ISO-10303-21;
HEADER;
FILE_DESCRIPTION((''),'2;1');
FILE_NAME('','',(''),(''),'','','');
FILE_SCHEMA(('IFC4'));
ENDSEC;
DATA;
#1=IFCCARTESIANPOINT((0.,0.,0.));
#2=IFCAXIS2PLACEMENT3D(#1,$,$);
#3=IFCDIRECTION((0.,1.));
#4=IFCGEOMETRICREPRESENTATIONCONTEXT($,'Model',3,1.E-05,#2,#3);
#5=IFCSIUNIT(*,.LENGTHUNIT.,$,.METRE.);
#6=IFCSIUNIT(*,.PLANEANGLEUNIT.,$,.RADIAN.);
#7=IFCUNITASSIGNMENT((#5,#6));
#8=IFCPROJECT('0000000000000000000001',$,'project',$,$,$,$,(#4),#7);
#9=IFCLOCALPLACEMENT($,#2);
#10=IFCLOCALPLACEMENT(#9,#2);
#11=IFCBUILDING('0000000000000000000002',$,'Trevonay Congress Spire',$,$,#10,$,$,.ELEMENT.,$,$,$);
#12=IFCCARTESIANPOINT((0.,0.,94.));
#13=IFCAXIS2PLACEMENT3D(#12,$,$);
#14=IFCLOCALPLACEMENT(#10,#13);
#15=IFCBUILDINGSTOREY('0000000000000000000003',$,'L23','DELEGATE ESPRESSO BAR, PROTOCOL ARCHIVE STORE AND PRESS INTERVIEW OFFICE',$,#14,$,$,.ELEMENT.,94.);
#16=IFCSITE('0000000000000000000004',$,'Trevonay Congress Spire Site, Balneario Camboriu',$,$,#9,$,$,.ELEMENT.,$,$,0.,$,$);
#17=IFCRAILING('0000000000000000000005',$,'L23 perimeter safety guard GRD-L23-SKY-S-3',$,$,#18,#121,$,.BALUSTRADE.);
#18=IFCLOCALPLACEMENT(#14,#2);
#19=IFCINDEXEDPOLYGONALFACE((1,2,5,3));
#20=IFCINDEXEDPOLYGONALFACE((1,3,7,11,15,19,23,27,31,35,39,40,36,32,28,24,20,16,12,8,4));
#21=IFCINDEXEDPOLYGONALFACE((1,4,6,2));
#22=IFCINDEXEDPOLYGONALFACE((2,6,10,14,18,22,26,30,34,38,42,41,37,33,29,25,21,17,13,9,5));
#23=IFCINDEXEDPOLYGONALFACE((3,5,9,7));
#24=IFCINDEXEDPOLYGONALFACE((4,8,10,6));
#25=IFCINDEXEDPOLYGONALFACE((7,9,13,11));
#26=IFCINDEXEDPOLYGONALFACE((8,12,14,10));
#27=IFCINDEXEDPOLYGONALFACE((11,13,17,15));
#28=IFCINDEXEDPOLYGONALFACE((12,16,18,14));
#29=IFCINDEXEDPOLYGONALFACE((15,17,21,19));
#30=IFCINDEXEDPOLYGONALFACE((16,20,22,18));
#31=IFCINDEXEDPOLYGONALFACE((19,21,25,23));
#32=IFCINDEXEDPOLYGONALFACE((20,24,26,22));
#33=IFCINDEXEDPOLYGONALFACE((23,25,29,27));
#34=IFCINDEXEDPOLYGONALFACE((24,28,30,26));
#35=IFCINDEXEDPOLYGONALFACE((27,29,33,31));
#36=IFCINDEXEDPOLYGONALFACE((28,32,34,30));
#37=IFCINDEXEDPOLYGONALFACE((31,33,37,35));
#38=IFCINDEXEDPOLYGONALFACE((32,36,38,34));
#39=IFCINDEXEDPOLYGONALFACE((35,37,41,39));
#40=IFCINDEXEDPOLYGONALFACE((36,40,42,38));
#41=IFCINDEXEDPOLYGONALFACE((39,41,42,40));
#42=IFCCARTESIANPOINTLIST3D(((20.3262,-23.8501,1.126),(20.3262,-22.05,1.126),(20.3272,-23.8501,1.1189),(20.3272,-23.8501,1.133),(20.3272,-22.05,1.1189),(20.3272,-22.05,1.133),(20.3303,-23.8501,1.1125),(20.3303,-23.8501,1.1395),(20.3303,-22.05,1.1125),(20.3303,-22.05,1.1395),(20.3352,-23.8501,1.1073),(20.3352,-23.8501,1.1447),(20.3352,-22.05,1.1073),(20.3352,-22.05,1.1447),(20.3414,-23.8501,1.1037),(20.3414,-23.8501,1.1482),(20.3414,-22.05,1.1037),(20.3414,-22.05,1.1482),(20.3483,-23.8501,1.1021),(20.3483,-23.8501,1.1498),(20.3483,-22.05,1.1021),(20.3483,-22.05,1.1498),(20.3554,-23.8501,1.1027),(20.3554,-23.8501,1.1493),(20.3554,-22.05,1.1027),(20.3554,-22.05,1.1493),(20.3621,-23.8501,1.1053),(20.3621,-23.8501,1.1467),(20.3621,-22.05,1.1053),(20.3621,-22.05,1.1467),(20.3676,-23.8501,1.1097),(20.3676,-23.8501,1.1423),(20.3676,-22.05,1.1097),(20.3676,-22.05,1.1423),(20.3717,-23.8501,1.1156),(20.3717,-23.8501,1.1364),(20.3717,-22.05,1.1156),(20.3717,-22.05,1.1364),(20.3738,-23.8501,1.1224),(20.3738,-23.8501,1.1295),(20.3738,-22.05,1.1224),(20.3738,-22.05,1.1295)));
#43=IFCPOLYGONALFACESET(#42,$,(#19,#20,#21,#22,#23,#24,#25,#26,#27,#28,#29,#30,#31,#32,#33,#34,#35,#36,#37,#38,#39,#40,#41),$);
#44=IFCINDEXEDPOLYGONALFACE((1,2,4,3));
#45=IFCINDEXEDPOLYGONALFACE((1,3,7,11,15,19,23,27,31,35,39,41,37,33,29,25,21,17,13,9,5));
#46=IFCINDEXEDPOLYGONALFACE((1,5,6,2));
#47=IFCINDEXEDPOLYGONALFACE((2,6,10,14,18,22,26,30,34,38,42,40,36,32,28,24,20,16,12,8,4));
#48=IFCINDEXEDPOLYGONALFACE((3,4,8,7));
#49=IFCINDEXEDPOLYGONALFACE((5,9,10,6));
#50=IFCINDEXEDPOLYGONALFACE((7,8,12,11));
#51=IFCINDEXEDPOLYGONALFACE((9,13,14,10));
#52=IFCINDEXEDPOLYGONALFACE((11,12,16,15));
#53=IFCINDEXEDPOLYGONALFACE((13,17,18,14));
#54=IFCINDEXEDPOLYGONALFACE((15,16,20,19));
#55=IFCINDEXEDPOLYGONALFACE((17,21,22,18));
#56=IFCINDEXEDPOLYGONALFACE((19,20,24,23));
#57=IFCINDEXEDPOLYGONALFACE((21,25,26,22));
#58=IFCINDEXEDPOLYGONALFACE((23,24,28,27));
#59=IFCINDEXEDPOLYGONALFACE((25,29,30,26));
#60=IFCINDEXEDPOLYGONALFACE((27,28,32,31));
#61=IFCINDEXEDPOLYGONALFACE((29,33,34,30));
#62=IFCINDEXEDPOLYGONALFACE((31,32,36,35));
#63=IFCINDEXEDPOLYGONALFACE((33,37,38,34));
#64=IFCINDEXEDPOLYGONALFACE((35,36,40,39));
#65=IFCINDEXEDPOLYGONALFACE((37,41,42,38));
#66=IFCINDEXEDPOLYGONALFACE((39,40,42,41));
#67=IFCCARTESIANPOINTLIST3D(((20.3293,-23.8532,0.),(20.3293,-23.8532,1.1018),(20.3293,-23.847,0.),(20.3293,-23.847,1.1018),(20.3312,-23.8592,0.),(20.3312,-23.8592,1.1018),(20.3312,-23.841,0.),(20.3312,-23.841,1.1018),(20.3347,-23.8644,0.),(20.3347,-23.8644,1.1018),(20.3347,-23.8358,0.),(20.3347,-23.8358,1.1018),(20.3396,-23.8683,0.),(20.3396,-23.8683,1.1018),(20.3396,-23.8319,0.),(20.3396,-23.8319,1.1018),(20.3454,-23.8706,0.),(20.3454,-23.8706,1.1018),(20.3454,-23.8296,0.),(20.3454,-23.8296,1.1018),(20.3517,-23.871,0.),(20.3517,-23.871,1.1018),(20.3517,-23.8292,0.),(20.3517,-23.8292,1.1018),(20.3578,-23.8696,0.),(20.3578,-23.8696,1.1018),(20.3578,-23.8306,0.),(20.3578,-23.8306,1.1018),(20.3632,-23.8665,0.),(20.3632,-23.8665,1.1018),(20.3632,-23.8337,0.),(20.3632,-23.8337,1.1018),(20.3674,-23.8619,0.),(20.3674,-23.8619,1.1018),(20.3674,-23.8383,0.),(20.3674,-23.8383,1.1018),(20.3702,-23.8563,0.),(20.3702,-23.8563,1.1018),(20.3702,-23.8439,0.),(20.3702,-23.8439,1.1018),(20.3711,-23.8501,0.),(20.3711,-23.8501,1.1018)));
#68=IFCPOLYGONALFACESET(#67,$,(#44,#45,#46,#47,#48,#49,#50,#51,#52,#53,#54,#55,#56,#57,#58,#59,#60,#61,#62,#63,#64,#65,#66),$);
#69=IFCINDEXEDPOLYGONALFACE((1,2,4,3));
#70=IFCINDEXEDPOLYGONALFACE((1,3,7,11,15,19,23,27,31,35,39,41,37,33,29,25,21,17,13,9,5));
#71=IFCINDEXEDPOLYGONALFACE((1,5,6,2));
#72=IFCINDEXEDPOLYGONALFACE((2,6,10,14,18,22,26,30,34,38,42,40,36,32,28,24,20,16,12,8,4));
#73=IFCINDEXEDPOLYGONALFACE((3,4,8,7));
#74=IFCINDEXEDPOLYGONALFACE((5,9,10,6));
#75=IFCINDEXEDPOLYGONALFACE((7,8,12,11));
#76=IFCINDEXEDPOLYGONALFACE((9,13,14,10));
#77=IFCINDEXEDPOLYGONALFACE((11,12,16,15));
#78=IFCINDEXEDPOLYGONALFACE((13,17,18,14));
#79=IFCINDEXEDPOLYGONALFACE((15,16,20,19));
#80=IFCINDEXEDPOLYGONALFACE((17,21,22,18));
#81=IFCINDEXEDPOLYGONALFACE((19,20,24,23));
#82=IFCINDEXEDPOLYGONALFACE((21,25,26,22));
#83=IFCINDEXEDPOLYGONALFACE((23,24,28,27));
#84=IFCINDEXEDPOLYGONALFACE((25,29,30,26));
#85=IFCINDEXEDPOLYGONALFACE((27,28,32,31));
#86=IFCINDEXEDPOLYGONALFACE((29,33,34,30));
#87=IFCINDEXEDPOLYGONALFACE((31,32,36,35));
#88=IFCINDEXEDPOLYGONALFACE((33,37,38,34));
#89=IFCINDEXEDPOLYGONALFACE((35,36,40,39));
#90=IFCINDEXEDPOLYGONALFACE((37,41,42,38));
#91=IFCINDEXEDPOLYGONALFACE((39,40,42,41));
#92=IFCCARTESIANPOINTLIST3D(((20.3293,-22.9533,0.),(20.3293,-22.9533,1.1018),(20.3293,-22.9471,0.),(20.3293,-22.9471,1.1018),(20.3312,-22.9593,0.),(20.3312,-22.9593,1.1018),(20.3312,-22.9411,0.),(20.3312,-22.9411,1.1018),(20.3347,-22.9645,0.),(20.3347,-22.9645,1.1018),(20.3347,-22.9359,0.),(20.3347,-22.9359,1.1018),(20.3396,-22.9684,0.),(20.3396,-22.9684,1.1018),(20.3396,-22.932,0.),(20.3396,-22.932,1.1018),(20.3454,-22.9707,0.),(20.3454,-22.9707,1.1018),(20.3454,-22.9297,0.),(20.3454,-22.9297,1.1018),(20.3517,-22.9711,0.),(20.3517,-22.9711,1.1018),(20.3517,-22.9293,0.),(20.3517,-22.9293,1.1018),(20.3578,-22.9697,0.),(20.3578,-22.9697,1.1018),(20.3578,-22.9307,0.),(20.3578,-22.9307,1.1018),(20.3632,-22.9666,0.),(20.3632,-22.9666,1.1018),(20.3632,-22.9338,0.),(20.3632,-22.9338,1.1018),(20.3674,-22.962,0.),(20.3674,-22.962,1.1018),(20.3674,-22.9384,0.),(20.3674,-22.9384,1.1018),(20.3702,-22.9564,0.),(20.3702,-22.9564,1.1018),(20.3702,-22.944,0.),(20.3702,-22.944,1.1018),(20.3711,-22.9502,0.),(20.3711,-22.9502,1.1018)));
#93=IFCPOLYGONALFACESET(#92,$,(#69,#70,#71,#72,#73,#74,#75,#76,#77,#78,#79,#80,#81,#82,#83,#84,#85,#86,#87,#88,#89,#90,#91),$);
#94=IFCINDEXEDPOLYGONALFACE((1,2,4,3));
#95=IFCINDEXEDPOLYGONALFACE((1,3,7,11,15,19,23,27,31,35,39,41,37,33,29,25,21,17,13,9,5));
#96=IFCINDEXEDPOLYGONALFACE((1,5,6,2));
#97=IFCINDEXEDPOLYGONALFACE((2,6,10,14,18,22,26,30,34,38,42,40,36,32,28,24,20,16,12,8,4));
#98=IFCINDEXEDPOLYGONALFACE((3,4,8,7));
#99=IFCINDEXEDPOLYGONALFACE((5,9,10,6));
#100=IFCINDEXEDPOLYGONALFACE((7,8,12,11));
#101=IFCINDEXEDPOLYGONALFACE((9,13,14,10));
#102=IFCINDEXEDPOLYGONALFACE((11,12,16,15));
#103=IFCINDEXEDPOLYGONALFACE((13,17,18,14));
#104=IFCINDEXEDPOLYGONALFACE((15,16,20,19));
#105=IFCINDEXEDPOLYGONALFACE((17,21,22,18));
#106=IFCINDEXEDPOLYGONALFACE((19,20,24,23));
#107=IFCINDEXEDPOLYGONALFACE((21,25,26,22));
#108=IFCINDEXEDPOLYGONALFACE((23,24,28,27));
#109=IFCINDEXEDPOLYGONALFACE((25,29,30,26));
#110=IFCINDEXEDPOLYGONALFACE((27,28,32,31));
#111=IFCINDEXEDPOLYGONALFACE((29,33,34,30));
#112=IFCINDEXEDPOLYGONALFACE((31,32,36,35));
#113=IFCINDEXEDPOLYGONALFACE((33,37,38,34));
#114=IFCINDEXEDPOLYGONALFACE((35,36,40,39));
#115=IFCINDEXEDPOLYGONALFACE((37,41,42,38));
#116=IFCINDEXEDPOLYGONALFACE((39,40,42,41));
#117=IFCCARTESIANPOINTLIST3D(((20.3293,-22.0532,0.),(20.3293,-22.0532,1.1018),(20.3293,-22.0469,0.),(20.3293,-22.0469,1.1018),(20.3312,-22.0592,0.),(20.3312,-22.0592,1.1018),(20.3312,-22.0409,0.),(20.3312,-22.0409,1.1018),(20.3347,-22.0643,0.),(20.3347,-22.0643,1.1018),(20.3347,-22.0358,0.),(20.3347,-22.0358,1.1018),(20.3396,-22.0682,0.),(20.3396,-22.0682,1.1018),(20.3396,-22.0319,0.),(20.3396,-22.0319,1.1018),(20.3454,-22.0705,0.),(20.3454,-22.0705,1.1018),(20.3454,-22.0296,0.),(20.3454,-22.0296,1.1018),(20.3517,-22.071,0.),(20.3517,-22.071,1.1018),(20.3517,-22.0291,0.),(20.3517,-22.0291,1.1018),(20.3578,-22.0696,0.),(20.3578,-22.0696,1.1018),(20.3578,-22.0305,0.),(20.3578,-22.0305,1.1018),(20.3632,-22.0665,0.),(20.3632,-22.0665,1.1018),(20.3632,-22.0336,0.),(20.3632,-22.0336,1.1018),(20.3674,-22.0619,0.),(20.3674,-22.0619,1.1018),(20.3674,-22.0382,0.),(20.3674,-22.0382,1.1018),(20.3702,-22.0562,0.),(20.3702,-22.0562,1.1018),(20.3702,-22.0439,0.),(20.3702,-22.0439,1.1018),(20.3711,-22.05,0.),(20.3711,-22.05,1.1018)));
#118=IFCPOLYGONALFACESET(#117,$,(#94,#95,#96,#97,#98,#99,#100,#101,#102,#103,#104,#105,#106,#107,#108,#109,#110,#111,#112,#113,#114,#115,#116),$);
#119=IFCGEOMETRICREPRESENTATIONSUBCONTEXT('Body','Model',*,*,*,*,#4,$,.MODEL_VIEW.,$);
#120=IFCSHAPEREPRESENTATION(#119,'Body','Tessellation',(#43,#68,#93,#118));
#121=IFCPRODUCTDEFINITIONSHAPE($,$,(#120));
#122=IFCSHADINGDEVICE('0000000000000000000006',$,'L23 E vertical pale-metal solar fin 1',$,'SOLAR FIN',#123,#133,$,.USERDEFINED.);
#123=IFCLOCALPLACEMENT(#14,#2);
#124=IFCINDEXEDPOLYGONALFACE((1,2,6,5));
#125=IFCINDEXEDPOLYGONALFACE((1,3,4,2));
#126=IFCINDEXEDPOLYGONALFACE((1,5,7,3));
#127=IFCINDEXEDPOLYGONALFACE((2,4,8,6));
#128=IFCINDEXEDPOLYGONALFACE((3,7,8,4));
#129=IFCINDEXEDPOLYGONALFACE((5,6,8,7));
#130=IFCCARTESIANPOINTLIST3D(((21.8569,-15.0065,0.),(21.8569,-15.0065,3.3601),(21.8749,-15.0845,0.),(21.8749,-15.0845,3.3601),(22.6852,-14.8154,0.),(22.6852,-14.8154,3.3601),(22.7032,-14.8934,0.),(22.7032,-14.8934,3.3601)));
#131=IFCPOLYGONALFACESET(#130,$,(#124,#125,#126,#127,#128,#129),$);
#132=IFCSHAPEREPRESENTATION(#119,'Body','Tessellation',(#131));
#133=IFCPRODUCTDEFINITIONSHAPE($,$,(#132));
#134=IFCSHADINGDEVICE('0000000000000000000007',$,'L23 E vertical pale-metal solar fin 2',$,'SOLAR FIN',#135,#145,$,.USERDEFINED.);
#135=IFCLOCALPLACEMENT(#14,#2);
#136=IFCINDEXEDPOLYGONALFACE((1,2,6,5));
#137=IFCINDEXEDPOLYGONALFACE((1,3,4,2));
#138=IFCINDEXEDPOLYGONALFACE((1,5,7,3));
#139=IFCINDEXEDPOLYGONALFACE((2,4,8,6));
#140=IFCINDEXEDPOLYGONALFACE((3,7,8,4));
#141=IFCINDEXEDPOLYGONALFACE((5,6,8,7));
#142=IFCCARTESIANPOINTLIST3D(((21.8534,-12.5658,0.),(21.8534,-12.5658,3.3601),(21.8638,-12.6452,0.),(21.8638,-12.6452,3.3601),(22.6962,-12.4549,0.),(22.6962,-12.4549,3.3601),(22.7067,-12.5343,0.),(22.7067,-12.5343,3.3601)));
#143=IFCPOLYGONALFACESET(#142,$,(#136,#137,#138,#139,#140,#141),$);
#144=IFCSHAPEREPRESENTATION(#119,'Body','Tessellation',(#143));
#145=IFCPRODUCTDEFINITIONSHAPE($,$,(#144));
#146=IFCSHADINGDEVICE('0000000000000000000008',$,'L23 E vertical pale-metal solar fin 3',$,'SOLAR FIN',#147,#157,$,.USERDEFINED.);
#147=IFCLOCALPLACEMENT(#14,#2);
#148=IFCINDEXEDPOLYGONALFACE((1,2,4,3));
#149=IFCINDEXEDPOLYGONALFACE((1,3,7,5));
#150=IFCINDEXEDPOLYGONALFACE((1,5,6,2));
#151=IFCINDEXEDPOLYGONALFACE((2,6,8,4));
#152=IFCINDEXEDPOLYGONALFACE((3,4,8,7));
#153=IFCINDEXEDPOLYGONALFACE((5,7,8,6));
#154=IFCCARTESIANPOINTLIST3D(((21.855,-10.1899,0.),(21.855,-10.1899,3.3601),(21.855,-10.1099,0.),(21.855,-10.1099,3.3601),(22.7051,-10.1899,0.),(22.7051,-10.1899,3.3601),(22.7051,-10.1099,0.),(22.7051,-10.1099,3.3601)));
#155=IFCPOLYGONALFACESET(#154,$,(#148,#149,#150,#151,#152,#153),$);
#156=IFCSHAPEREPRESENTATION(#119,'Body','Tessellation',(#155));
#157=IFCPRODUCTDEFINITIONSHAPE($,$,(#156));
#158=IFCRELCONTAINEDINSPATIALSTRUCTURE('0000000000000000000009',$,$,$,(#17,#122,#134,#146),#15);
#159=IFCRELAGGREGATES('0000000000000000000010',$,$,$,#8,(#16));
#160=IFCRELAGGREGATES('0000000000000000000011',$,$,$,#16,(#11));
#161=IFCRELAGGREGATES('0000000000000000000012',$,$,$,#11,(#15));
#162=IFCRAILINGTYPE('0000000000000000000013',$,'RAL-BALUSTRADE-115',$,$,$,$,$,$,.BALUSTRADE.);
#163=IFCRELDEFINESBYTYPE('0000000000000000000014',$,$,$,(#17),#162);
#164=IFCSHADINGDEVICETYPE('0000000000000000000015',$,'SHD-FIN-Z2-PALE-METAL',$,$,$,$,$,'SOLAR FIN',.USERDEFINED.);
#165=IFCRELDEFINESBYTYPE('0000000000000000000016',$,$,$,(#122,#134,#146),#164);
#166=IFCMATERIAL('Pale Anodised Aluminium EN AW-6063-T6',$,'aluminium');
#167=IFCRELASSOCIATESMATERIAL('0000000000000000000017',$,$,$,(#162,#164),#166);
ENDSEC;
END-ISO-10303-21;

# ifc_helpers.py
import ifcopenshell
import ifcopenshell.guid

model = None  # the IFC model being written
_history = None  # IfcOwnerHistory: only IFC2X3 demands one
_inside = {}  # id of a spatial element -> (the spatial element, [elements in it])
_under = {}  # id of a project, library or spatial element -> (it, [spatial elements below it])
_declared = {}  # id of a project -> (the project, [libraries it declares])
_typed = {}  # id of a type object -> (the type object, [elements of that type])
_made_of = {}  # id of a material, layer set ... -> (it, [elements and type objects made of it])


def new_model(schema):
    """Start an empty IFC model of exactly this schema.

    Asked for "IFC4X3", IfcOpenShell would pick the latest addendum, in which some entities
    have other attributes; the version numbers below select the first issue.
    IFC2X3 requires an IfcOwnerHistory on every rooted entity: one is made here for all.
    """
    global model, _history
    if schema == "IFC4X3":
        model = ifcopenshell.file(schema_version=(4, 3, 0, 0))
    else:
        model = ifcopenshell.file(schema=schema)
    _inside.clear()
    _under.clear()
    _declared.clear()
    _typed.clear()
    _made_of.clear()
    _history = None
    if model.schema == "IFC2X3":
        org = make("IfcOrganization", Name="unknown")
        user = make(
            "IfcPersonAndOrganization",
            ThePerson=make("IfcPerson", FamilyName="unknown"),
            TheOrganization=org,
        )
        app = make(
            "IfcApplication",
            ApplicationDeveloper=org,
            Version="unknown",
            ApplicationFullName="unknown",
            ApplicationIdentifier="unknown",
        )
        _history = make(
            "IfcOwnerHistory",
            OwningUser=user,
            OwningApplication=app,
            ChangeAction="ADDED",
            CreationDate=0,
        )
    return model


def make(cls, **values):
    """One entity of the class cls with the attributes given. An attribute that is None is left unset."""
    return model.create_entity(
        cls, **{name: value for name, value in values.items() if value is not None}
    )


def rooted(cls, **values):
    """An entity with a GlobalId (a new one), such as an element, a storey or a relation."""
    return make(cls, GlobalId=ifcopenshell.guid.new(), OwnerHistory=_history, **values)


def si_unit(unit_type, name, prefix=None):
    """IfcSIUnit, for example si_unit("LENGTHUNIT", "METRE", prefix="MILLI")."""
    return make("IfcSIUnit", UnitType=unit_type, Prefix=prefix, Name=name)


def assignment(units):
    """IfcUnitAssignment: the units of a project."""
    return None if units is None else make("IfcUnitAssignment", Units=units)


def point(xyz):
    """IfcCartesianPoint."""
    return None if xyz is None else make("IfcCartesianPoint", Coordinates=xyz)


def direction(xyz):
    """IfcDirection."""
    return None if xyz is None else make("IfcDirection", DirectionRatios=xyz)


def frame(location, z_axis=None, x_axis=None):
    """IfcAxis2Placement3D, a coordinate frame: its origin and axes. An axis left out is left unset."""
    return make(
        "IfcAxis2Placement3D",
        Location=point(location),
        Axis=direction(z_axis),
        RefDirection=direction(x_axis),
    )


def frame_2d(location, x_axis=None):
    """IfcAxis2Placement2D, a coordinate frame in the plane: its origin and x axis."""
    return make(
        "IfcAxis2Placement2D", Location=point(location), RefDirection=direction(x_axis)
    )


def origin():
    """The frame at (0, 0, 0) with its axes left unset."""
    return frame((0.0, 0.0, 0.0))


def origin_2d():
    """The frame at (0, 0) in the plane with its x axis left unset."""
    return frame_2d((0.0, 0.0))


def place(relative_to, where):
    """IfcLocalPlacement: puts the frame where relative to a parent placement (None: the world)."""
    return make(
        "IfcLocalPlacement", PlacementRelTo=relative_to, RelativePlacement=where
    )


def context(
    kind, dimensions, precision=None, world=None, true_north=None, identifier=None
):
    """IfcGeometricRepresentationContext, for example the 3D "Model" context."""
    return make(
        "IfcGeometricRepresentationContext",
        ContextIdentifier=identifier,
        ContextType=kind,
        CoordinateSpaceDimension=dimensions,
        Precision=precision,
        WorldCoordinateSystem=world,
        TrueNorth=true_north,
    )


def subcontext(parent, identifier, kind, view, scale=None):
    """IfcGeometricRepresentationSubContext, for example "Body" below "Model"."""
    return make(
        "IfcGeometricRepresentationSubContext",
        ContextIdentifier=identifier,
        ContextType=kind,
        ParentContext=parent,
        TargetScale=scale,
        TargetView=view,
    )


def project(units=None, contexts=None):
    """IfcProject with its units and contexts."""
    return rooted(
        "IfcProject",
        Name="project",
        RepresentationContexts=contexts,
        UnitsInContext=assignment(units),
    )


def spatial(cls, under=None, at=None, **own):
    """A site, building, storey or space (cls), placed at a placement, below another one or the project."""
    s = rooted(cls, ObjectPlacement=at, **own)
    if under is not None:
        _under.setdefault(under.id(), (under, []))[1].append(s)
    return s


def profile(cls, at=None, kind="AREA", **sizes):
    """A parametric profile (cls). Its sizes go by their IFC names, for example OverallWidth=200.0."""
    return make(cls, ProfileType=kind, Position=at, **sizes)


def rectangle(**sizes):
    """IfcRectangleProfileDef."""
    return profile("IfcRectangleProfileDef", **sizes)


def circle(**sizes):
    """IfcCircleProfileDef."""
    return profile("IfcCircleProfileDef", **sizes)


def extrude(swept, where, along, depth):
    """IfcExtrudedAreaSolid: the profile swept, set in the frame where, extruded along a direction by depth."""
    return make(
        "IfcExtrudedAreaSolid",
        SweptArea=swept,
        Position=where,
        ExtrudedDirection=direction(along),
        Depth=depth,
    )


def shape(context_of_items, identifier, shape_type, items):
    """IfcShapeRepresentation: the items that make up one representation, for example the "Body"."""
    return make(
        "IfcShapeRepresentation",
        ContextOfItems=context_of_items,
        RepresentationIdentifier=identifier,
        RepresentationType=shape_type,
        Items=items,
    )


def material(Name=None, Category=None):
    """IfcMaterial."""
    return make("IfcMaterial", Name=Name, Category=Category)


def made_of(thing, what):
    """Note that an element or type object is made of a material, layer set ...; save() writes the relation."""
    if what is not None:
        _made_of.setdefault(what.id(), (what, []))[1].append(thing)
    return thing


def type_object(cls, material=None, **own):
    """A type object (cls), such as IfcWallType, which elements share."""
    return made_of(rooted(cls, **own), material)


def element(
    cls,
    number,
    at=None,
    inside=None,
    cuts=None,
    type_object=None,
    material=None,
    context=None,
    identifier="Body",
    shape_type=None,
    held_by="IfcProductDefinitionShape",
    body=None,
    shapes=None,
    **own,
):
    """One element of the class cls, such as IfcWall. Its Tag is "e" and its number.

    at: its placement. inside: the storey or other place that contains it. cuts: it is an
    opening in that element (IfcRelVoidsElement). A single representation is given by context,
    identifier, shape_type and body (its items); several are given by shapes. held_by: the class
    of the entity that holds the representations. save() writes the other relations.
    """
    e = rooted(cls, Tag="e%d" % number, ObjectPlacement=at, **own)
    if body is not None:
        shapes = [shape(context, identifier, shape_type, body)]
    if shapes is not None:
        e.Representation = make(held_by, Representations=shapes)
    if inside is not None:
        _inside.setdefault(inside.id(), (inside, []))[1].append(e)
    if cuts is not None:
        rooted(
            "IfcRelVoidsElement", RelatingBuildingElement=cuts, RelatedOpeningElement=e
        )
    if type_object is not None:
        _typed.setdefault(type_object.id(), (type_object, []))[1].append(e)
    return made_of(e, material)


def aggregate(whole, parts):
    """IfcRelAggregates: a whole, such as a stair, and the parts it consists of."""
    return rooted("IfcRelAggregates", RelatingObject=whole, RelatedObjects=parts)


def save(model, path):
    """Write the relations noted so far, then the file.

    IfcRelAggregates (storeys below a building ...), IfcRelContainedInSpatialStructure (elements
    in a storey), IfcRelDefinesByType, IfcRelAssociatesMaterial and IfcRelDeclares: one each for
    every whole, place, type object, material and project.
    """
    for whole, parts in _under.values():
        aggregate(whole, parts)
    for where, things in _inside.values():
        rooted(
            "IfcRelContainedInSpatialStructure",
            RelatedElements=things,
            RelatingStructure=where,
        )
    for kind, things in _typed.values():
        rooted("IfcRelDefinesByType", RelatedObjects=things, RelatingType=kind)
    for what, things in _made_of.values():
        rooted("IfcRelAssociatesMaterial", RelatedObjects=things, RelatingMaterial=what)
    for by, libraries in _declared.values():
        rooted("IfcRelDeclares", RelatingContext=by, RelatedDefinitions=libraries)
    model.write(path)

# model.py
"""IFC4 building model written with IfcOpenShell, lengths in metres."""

from ifc_helpers import new_model, si_unit, direction, frame, origin, origin_2d, place, context, subcontext, project, spatial, rectangle, circle, extrude, material, type_object, element, save


model = new_model("IFC4")

# Units and contexts
model_context = context("Model", 3, precision=1e-05, world=origin(), true_north=direction((0.0, 1.0)))
body_context = subcontext(model_context, "Body", "Model", "MODEL_VIEW")
ifc_project = project(units=[si_unit("LENGTHUNIT", "METRE"), si_unit("PLANEANGLEUNIT", "RADIAN")], contexts=[model_context])

# Site, building, storey
site_placement = place(None, origin())
site = spatial("IfcSite", under=ifc_project, at=site_placement, Name="Trevonay Congress Spire Site, Balneario Camboriu", CompositionType="ELEMENT", RefElevation=0.0)
building_placement = place(site_placement, origin())
building = spatial("IfcBuilding", under=site, at=building_placement, Name="Trevonay Congress Spire", CompositionType="ELEMENT")
storey_placement = place(building_placement, frame((0.0, 0.0, 94.0)))
storey = spatial("IfcBuildingStorey", under=building, at=storey_placement, Name="L23", Description="DELEGATE ESPRESSO BAR, PROTOCOL ARCHIVE STORE AND PRESS INTERVIEW OFFICE", CompositionType="ELEMENT", Elevation=94.0)

# Shared definitions
ifc_material_1 = material(Name="Pale Anodised Aluminium EN AW-6063-T6", Category="aluminium")

# Railing
railing_type = type_object("IfcRailingType", Name="RAL-BALUSTRADE-115", PredefinedType="BALUSTRADE", material=ifc_material_1)
railing_placement = place(storey_placement, frame((20.3501, -23.8501, 0.0)))
element("IfcRailing", 1, at=railing_placement, inside=storey, type_object=railing_type, Name="L23 perimeter safety guard GRD-L23-SKY-S-3", PredefinedType="BALUSTRADE", context=body_context, shape_type="SweptSolid", body=[
    extrude(circle(Radius=0.0239, at=origin_2d()), frame((0.0, 0.0, 1.126), z_axis=(0.0, 1.0, 0.0), x_axis=(-1.0, 0.0, 0.0)), (0.0, 0.0, 1.0), 1.8),
    extrude(circle(Radius=0.021, at=origin_2d()), origin(), (0.0, 0.0, 1.0), 1.1018),
    extrude(circle(Radius=0.021, at=origin_2d()), frame((0.0, 0.8999, 0.0)), (0.0, 0.0, 1.0), 1.1018),
    extrude(circle(Radius=0.021, at=origin_2d()), frame((0.0, 1.8, 0.0)), (0.0, 0.0, 1.0), 1.1018),
])

# Shading devices
shading_device_type = type_object("IfcShadingDeviceType", Name="SHD-FIN-Z2-PALE-METAL", ElementType="SOLAR FIN", PredefinedType="USERDEFINED", material=ifc_material_1)
for number, where, z_axis, x_axis, name in (
    (2, (22.28, -14.95, 0.0), (0.0, 0.0, 1.0), (-0.224781, 0.974409, 0.0), "L23 E vertical pale-metal solar fin 1"),
    (3, (22.28, -12.55, 0.0), (0.0, 0.0, 1.0), (-0.130526, 0.991445, 0.0), "L23 E vertical pale-metal solar fin 2"),
    (4, (22.28, -10.1499, 0.0), (0.0, 0.0, 1.0), (0.0, 1.0, 0.0), "L23 E vertical pale-metal solar fin 3"),
):
    element("IfcShadingDevice", number, at=place(storey_placement, frame(where, z_axis=z_axis, x_axis=x_axis)), inside=storey, type_object=shading_device_type, Name=name, ObjectType="SOLAR FIN", PredefinedType="USERDEFINED", context=body_context, shape_type="SweptSolid", body=[
        extrude(rectangle(XDim=0.0801, YDim=0.8501, at=origin_2d()), origin(), (0.0, 0.0, 1.0), 3.3601),
    ])

save(model, "model.ifc")
